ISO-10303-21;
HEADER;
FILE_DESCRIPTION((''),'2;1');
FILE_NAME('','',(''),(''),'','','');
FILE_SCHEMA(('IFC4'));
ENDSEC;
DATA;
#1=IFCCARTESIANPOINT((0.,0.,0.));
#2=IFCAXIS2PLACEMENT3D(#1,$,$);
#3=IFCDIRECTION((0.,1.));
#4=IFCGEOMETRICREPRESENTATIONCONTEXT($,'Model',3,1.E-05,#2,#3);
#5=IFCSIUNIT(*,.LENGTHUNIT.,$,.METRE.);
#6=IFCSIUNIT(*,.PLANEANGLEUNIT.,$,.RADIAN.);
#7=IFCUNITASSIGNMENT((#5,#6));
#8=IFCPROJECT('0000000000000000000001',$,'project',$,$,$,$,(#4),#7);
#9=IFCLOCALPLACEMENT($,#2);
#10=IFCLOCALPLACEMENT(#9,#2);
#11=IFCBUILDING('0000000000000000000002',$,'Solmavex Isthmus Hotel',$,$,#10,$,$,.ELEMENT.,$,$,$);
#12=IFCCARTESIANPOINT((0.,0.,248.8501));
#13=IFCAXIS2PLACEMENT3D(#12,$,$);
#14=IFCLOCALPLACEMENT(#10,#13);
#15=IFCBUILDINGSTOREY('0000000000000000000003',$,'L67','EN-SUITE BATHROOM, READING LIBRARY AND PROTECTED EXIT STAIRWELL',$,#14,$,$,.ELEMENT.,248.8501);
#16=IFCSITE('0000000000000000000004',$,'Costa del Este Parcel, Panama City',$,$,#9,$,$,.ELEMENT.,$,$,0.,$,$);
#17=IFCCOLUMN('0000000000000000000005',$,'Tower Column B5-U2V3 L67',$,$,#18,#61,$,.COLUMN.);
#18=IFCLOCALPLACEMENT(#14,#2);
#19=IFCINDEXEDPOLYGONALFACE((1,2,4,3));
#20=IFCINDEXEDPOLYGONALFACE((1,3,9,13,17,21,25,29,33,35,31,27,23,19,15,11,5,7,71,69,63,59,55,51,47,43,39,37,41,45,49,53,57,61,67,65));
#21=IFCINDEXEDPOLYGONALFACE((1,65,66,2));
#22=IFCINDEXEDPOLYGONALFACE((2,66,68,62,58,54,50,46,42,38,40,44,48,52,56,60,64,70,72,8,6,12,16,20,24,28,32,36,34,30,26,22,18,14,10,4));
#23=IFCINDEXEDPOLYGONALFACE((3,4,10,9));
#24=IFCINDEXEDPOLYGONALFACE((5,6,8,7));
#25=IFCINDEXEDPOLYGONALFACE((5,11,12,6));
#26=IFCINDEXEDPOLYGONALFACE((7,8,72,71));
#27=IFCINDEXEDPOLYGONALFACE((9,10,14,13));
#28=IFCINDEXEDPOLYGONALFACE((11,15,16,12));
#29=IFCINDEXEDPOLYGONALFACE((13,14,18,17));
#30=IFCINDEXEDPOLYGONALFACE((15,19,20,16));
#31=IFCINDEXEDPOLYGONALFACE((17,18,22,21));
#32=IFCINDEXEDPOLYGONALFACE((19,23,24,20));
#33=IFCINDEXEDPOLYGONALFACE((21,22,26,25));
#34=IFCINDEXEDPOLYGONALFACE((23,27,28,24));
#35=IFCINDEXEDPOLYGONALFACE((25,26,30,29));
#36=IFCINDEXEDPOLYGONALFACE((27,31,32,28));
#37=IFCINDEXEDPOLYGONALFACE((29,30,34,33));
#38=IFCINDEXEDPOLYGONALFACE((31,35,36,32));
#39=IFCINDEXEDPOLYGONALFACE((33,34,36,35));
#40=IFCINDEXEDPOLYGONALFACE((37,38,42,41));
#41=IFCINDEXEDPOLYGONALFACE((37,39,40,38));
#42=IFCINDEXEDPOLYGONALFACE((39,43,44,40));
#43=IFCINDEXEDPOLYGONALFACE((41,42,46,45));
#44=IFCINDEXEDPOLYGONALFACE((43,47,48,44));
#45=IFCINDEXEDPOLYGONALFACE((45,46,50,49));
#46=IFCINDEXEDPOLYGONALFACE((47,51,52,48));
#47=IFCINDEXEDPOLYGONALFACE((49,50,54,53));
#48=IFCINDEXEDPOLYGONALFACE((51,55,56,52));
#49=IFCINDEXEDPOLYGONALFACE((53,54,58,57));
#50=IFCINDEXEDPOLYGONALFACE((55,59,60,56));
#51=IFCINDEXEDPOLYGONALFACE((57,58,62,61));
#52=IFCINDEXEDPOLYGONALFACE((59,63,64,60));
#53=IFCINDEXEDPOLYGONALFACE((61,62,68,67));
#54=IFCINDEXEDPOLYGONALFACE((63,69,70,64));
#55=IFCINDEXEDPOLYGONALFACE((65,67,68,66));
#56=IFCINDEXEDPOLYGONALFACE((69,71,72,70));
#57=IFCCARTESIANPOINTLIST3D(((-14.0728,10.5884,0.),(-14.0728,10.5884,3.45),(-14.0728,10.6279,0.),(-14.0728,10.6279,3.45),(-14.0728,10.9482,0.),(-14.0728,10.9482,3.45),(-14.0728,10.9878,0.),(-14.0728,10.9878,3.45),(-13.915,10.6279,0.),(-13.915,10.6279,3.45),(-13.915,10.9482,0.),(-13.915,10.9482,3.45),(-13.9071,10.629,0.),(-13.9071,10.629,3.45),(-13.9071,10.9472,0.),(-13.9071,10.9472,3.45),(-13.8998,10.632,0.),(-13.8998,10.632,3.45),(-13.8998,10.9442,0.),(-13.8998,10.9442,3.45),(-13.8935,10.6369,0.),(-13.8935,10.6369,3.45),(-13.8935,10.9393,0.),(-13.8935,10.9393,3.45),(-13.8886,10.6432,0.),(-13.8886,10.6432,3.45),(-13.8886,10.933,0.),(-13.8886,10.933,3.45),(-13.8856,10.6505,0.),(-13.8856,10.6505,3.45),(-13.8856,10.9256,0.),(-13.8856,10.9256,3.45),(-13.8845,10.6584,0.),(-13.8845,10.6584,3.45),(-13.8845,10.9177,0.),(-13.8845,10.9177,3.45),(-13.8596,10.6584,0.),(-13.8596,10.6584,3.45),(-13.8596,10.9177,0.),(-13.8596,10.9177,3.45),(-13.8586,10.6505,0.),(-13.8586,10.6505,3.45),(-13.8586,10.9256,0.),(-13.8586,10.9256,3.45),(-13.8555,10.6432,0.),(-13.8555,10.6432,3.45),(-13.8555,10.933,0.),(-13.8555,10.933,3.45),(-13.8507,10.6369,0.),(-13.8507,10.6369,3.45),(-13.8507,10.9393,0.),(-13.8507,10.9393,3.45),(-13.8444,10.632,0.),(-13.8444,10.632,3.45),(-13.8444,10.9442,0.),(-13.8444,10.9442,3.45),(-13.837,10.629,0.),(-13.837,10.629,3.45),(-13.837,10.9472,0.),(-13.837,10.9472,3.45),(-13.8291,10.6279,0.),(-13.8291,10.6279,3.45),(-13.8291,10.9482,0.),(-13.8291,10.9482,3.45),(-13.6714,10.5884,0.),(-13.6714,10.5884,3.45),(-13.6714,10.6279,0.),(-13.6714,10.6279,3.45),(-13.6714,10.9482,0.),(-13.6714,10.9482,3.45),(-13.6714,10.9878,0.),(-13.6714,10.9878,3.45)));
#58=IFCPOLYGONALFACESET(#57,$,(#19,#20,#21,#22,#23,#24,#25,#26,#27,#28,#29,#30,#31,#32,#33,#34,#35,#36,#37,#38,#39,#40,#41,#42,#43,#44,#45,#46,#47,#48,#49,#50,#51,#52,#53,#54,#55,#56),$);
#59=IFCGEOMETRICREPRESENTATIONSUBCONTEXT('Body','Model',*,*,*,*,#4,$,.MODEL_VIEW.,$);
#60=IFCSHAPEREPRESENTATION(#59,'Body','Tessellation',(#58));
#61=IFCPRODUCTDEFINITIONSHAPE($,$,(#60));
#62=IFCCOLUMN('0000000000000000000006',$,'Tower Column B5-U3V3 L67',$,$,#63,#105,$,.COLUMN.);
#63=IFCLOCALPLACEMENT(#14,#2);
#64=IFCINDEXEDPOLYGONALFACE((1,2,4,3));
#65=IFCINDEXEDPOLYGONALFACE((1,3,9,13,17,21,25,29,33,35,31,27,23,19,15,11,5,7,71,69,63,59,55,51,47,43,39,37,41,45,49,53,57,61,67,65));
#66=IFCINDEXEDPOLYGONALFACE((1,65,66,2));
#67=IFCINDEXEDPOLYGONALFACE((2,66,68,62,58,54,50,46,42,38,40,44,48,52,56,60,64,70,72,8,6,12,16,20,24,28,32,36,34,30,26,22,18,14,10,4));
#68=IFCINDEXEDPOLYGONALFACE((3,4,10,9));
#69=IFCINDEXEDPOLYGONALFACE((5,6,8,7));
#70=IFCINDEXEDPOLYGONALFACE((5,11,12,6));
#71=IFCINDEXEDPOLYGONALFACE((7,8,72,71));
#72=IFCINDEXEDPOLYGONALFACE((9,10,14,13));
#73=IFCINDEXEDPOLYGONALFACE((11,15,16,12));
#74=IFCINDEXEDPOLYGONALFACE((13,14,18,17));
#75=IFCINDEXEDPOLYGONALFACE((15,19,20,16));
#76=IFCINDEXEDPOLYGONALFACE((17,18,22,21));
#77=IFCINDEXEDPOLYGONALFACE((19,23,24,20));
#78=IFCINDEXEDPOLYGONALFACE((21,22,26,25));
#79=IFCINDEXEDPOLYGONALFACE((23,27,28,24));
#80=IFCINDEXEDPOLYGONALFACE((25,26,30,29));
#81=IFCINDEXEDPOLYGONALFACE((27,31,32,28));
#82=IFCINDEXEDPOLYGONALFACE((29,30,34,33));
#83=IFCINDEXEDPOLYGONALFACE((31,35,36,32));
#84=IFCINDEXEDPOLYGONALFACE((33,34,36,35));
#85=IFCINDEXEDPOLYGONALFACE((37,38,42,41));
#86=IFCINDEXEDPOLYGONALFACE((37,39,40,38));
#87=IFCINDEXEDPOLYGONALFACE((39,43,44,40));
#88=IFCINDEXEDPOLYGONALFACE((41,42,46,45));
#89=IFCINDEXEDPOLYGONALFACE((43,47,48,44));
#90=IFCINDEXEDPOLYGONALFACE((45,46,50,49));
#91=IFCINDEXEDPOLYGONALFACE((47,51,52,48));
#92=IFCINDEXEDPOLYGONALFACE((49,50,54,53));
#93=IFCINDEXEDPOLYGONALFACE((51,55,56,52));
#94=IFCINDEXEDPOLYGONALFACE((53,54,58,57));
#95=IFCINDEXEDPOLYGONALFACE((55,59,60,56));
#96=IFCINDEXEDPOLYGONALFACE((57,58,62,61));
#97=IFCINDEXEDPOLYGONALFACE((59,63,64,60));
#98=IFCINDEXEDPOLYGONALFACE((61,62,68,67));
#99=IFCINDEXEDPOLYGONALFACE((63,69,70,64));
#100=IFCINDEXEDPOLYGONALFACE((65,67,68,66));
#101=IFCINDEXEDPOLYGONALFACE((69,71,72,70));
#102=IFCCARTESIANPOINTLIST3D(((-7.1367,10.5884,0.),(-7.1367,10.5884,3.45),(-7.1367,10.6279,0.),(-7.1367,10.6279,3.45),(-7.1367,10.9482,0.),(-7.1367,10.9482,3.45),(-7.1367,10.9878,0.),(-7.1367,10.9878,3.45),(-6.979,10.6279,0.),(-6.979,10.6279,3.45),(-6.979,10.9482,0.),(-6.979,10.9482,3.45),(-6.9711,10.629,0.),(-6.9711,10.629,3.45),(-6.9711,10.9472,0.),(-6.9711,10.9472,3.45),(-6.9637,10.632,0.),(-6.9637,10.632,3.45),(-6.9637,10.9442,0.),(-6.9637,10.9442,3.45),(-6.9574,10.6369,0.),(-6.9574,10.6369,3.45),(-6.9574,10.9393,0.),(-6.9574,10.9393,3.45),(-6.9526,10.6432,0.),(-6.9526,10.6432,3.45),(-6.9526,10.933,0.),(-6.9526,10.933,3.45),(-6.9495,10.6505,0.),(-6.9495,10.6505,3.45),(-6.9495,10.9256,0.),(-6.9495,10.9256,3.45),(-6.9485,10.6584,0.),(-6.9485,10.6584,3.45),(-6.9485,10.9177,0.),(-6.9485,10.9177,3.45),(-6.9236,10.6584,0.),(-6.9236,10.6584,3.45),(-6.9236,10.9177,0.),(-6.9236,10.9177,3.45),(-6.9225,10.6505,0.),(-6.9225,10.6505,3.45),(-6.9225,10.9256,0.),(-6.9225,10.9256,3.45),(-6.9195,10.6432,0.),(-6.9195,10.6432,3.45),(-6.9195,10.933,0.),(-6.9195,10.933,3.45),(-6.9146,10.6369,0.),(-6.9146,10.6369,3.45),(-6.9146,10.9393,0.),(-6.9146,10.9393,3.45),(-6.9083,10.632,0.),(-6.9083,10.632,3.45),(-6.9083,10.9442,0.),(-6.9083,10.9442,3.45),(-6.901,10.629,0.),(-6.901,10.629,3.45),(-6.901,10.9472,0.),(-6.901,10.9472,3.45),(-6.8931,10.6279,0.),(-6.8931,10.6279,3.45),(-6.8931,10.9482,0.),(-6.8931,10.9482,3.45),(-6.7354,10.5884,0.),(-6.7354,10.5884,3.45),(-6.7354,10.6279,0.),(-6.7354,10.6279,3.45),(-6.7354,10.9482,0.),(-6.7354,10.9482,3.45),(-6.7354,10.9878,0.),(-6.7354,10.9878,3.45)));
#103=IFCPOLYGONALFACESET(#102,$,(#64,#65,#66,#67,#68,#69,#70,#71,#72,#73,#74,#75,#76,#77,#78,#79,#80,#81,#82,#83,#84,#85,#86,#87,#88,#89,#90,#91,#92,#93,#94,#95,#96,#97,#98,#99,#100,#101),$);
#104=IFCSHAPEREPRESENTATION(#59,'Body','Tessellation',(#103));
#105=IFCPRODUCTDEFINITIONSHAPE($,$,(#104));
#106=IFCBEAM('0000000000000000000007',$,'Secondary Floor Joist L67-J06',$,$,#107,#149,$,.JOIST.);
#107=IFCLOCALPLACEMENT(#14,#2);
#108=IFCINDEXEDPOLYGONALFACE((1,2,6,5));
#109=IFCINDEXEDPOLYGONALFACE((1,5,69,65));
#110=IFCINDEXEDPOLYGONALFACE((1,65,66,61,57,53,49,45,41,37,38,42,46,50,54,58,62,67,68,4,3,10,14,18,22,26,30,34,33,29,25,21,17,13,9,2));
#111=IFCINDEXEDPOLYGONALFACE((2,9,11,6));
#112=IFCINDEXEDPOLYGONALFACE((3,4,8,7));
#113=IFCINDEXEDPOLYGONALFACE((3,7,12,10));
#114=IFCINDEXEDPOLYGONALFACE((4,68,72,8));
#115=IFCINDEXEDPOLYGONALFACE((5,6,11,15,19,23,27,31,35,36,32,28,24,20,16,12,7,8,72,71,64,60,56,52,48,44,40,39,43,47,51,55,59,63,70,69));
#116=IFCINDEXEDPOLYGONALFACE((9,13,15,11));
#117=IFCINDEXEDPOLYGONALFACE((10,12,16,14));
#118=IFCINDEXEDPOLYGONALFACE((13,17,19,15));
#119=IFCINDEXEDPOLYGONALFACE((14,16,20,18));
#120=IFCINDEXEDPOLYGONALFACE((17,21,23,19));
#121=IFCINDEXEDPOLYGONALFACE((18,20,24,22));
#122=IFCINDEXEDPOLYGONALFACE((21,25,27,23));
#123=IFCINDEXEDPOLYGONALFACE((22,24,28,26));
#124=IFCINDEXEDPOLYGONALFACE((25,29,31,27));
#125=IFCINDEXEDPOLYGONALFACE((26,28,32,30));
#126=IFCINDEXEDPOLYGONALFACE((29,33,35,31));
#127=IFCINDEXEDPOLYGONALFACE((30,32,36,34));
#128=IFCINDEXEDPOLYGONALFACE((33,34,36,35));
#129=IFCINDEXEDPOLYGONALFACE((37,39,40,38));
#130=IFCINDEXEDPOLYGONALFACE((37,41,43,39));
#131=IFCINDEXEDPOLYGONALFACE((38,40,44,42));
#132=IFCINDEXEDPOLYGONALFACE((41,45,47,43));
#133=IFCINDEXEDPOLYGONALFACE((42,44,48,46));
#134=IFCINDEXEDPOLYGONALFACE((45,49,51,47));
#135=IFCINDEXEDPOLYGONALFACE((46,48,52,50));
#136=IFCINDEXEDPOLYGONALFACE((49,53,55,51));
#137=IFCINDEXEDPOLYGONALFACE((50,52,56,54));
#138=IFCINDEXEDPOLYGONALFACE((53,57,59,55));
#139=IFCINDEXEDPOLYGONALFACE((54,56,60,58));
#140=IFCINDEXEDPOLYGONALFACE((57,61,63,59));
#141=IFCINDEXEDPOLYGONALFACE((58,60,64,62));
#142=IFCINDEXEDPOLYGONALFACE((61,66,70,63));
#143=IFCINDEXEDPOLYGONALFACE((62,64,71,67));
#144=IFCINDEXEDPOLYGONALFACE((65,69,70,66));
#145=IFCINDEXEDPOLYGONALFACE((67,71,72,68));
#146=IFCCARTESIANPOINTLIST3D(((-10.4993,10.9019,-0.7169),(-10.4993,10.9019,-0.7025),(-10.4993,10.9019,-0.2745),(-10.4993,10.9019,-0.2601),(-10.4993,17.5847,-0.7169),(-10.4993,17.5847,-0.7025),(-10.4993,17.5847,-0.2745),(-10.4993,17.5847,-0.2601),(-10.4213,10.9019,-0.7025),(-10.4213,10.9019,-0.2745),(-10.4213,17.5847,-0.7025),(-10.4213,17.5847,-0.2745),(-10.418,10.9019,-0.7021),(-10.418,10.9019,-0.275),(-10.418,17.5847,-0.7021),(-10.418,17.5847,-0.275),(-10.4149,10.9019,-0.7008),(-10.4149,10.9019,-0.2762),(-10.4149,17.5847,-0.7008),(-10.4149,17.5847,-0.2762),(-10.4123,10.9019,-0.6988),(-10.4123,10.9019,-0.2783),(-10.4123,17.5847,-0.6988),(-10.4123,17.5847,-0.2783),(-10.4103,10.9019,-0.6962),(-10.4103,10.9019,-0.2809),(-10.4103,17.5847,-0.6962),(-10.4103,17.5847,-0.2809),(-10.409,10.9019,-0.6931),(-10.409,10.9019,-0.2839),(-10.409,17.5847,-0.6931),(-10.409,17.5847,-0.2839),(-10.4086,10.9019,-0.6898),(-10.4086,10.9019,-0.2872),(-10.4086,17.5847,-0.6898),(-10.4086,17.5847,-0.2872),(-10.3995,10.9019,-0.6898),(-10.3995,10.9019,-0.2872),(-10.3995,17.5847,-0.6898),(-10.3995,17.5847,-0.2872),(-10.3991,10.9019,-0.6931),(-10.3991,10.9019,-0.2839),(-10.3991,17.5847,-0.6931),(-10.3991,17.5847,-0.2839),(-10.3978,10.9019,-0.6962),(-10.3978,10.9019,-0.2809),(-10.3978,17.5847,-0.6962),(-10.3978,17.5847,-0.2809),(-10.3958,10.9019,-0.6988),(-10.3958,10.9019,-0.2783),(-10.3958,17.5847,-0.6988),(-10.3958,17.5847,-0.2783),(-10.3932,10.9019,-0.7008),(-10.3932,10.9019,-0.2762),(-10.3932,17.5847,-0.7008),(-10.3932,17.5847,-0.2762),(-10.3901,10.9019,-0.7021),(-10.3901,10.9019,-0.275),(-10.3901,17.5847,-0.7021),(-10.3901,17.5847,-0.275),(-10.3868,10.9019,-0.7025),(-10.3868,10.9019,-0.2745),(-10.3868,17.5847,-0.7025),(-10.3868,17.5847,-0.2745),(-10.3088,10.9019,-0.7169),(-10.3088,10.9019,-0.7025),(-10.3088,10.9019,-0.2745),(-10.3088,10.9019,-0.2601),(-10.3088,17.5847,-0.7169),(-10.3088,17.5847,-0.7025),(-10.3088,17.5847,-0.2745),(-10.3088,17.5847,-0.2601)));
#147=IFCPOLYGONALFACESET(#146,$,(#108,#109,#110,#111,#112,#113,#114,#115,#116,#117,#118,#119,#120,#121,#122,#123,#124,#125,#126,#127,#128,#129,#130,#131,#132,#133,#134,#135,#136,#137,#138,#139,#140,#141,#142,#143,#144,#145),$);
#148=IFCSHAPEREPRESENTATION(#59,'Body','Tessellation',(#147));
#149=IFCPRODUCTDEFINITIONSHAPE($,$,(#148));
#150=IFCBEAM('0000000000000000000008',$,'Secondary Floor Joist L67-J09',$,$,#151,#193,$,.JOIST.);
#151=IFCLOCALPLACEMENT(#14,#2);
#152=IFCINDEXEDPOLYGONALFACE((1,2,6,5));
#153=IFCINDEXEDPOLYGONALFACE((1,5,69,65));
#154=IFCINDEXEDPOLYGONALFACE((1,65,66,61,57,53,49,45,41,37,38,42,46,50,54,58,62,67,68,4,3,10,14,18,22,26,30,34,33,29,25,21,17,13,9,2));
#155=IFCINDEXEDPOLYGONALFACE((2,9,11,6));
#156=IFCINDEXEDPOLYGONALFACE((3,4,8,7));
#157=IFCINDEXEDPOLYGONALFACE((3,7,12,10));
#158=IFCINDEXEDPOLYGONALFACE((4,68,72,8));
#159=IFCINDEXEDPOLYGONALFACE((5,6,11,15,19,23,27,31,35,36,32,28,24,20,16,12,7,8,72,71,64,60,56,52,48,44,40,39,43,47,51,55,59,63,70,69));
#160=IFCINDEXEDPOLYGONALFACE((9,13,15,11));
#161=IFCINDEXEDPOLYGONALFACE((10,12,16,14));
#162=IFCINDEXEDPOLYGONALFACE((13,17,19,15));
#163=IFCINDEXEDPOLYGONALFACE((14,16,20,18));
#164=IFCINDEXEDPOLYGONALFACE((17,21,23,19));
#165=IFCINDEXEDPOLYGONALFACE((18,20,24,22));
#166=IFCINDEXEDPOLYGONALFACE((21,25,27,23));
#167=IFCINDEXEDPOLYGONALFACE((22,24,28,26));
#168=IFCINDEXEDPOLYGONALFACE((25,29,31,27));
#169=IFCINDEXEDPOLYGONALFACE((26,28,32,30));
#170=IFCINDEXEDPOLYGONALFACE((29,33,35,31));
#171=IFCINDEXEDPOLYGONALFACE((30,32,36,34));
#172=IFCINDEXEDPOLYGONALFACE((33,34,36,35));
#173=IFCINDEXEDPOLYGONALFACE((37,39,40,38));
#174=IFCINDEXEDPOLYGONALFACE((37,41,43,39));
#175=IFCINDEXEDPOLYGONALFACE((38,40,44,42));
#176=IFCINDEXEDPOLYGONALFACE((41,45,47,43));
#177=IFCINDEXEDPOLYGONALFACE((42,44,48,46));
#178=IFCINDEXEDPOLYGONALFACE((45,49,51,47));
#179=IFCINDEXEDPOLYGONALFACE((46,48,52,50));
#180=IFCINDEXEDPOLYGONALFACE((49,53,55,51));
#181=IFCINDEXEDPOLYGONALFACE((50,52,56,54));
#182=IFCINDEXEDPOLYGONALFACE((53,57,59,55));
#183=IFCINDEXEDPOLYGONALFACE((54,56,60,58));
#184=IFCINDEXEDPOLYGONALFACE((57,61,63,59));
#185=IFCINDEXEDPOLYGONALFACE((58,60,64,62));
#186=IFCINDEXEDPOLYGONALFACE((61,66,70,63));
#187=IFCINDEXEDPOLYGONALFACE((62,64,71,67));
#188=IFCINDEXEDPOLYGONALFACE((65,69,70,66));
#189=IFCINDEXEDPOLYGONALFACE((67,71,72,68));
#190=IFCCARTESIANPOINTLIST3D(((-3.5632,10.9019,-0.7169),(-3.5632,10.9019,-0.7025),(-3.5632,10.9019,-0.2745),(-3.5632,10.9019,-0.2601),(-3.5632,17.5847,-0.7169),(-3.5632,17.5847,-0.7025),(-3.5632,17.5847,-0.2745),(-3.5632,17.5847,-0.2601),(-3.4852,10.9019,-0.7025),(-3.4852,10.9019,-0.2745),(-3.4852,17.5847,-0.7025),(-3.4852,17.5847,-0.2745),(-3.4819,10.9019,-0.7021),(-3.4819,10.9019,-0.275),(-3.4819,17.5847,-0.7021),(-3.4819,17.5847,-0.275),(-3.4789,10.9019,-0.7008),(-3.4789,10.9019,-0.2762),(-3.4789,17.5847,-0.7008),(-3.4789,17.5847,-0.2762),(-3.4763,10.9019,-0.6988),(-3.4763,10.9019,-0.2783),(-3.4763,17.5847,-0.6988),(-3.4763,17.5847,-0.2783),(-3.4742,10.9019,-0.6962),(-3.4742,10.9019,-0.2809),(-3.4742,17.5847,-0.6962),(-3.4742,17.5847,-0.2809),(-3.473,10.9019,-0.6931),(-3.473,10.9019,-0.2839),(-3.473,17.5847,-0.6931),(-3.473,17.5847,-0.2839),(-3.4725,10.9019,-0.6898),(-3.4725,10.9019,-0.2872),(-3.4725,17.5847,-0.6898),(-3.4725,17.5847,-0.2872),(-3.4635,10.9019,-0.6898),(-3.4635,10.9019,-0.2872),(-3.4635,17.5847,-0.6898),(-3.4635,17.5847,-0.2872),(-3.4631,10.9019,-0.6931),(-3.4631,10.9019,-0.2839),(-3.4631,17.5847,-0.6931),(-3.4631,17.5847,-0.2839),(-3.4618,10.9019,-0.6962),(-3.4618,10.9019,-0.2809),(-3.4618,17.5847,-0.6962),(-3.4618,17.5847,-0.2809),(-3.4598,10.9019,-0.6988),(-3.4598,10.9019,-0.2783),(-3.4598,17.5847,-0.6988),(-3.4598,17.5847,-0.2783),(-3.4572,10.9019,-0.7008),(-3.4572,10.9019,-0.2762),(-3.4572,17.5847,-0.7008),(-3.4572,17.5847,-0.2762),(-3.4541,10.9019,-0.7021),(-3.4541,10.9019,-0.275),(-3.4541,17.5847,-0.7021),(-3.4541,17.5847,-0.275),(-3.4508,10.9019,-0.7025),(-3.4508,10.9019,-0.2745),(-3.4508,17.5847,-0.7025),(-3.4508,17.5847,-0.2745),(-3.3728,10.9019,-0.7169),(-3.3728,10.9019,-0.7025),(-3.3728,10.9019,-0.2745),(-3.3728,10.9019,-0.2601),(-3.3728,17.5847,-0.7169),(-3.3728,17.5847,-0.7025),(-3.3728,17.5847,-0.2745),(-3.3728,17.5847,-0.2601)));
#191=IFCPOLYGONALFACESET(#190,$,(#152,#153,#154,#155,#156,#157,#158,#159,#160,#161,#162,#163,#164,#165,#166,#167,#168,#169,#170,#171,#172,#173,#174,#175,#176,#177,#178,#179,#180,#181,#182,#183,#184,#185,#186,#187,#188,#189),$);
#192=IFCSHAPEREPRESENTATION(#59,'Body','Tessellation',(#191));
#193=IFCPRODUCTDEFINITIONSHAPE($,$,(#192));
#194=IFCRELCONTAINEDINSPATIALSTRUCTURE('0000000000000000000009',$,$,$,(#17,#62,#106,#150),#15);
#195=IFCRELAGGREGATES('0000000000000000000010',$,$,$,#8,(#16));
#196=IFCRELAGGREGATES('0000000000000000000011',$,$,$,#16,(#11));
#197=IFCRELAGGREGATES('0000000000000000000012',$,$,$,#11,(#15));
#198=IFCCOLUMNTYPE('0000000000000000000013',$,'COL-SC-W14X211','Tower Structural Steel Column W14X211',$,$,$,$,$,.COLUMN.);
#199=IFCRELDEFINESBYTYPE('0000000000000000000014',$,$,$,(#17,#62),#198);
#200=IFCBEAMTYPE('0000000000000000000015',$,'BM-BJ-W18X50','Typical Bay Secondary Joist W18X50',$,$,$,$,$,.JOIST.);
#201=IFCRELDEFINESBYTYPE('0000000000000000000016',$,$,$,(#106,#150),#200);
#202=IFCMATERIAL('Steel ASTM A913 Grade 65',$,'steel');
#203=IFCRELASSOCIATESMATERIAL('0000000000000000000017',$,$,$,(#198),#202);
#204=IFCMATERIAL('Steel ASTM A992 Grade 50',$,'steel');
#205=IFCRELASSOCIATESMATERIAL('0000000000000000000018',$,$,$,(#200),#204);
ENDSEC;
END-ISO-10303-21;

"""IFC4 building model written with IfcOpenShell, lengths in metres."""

from ifc_helpers import new_model, si_unit, direction, frame, origin, origin_2d, place, context, subcontext, project, spatial, i_section, extrude, material, material_profile, profile_set, type_object, element, save


model = new_model("IFC4")

# Units and contexts
model_context = context("Model", 3, precision=1e-05, world=origin(), true_north=direction((0.0, 1.0)))
body_context = subcontext(model_context, "Body", "Model", "MODEL_VIEW")
ifc_project = project(units=[si_unit("LENGTHUNIT", "METRE"), si_unit("PLANEANGLEUNIT", "RADIAN")], contexts=[model_context])

# Site, building, storey
site_placement = place(None, origin())
site = spatial("IfcSite", under=ifc_project, at=site_placement, Name="Costa del Este Parcel, Panama City", CompositionType="ELEMENT", RefElevation=0.0)
building_placement = place(site_placement, origin())
building = spatial("IfcBuilding", under=site, at=building_placement, Name="Solmavex Isthmus Hotel", CompositionType="ELEMENT")
storey_placement = place(building_placement, frame((0.0, 0.0, 248.8501)))
storey = spatial("IfcBuildingStorey", under=building, at=storey_placement, Name="L67", Description="EN-SUITE BATHROOM, READING LIBRARY AND PROTECTED EXIT STAIRWELL", CompositionType="ELEMENT", Elevation=248.8501)

# Columns
ifc_material_1 = material(Name="Steel ASTM A913 Grade 65", Category="steel")
ifc_material_profile_1 = material_profile(ifc_material_1, i_section(OverallWidth=0.4014, OverallDepth=0.3994, WebThickness=0.0249, FlangeThickness=0.0396, FilletRadius=0.0305, at=origin_2d()), Name="W14X211")
ifc_profile_set_1 = profile_set([ifc_material_profile_1], Name="Steel ASTM A913 Grade 65")
column_type = type_object("IfcColumnType", Name="COL-SC-W14X211", Description="Tower Structural Steel Column W14X211", PredefinedType="COLUMN", material=ifc_profile_set_1)
for number, where, z_axis, x_axis, name in (
    (1, (-13.8721, 10.7881, 0.0), (0.0, 0.0, 1.0), (1.0, 0.0, 0.0), "Tower Column B5-U2V3 L67"),
    (2, (-6.936, 10.7881, 0.0), (0.0, 0.0, 1.0), (1.0, 0.0, 0.0), "Tower Column B5-U3V3 L67"),
):
    element("IfcColumn", number, at=place(storey_placement, frame(where, z_axis=z_axis, x_axis=x_axis)), inside=storey, type_object=column_type, Name=name, PredefinedType="COLUMN", context=body_context, shape_type="SweptSolid", body=[
        extrude(i_section(OverallWidth=0.4014, OverallDepth=0.3994, WebThickness=0.0249, FlangeThickness=0.0396, FilletRadius=0.0305, at=origin_2d()), origin(), (0.0, 0.0, 1.0), 3.45),
    ])

# Beams
ifc_material_2 = material(Name="Steel ASTM A992 Grade 50", Category="steel")
ifc_material_profile_2 = material_profile(ifc_material_2, i_section(OverallWidth=0.1904, OverallDepth=0.4568, WebThickness=0.009, FlangeThickness=0.0144, FilletRadius=0.0127, at=origin_2d()), Name="W18X50")
ifc_profile_set_2 = profile_set([ifc_material_profile_2], Name="Steel ASTM A992 Grade 50")
beam_type_1 = type_object("IfcBeamType", Name="BM-BJ-W18X50", Description="Typical Bay Secondary Joist W18X50", PredefinedType="JOIST", material=ifc_profile_set_2)
for number, where, z_axis, x_axis, name in (
    (3, (-10.4041, 10.9019, -0.4885), (0.0, 1.0, 0.0), (-1.0, 0.0, 0.0), "Secondary Floor Joist L67-J06"),
    (4, (-3.468, 10.9019, -0.4885), (0.0, 1.0, 0.0), (-1.0, 0.0, 0.0), "Secondary Floor Joist L67-J09"),
):
    element("IfcBeam", number, at=place(storey_placement, frame(where, z_axis=z_axis, x_axis=x_axis)), inside=storey, type_object=beam_type_1, Name=name, PredefinedType="JOIST", context=body_context, shape_type="SweptSolid", body=[
        extrude(i_section(OverallWidth=0.1904, OverallDepth=0.4568, WebThickness=0.009, FlangeThickness=0.0144, FilletRadius=0.0127, at=origin_2d()), origin(), (0.0, 0.0, 1.0), 6.6829),
    ])

save(model, "model.ifc")
